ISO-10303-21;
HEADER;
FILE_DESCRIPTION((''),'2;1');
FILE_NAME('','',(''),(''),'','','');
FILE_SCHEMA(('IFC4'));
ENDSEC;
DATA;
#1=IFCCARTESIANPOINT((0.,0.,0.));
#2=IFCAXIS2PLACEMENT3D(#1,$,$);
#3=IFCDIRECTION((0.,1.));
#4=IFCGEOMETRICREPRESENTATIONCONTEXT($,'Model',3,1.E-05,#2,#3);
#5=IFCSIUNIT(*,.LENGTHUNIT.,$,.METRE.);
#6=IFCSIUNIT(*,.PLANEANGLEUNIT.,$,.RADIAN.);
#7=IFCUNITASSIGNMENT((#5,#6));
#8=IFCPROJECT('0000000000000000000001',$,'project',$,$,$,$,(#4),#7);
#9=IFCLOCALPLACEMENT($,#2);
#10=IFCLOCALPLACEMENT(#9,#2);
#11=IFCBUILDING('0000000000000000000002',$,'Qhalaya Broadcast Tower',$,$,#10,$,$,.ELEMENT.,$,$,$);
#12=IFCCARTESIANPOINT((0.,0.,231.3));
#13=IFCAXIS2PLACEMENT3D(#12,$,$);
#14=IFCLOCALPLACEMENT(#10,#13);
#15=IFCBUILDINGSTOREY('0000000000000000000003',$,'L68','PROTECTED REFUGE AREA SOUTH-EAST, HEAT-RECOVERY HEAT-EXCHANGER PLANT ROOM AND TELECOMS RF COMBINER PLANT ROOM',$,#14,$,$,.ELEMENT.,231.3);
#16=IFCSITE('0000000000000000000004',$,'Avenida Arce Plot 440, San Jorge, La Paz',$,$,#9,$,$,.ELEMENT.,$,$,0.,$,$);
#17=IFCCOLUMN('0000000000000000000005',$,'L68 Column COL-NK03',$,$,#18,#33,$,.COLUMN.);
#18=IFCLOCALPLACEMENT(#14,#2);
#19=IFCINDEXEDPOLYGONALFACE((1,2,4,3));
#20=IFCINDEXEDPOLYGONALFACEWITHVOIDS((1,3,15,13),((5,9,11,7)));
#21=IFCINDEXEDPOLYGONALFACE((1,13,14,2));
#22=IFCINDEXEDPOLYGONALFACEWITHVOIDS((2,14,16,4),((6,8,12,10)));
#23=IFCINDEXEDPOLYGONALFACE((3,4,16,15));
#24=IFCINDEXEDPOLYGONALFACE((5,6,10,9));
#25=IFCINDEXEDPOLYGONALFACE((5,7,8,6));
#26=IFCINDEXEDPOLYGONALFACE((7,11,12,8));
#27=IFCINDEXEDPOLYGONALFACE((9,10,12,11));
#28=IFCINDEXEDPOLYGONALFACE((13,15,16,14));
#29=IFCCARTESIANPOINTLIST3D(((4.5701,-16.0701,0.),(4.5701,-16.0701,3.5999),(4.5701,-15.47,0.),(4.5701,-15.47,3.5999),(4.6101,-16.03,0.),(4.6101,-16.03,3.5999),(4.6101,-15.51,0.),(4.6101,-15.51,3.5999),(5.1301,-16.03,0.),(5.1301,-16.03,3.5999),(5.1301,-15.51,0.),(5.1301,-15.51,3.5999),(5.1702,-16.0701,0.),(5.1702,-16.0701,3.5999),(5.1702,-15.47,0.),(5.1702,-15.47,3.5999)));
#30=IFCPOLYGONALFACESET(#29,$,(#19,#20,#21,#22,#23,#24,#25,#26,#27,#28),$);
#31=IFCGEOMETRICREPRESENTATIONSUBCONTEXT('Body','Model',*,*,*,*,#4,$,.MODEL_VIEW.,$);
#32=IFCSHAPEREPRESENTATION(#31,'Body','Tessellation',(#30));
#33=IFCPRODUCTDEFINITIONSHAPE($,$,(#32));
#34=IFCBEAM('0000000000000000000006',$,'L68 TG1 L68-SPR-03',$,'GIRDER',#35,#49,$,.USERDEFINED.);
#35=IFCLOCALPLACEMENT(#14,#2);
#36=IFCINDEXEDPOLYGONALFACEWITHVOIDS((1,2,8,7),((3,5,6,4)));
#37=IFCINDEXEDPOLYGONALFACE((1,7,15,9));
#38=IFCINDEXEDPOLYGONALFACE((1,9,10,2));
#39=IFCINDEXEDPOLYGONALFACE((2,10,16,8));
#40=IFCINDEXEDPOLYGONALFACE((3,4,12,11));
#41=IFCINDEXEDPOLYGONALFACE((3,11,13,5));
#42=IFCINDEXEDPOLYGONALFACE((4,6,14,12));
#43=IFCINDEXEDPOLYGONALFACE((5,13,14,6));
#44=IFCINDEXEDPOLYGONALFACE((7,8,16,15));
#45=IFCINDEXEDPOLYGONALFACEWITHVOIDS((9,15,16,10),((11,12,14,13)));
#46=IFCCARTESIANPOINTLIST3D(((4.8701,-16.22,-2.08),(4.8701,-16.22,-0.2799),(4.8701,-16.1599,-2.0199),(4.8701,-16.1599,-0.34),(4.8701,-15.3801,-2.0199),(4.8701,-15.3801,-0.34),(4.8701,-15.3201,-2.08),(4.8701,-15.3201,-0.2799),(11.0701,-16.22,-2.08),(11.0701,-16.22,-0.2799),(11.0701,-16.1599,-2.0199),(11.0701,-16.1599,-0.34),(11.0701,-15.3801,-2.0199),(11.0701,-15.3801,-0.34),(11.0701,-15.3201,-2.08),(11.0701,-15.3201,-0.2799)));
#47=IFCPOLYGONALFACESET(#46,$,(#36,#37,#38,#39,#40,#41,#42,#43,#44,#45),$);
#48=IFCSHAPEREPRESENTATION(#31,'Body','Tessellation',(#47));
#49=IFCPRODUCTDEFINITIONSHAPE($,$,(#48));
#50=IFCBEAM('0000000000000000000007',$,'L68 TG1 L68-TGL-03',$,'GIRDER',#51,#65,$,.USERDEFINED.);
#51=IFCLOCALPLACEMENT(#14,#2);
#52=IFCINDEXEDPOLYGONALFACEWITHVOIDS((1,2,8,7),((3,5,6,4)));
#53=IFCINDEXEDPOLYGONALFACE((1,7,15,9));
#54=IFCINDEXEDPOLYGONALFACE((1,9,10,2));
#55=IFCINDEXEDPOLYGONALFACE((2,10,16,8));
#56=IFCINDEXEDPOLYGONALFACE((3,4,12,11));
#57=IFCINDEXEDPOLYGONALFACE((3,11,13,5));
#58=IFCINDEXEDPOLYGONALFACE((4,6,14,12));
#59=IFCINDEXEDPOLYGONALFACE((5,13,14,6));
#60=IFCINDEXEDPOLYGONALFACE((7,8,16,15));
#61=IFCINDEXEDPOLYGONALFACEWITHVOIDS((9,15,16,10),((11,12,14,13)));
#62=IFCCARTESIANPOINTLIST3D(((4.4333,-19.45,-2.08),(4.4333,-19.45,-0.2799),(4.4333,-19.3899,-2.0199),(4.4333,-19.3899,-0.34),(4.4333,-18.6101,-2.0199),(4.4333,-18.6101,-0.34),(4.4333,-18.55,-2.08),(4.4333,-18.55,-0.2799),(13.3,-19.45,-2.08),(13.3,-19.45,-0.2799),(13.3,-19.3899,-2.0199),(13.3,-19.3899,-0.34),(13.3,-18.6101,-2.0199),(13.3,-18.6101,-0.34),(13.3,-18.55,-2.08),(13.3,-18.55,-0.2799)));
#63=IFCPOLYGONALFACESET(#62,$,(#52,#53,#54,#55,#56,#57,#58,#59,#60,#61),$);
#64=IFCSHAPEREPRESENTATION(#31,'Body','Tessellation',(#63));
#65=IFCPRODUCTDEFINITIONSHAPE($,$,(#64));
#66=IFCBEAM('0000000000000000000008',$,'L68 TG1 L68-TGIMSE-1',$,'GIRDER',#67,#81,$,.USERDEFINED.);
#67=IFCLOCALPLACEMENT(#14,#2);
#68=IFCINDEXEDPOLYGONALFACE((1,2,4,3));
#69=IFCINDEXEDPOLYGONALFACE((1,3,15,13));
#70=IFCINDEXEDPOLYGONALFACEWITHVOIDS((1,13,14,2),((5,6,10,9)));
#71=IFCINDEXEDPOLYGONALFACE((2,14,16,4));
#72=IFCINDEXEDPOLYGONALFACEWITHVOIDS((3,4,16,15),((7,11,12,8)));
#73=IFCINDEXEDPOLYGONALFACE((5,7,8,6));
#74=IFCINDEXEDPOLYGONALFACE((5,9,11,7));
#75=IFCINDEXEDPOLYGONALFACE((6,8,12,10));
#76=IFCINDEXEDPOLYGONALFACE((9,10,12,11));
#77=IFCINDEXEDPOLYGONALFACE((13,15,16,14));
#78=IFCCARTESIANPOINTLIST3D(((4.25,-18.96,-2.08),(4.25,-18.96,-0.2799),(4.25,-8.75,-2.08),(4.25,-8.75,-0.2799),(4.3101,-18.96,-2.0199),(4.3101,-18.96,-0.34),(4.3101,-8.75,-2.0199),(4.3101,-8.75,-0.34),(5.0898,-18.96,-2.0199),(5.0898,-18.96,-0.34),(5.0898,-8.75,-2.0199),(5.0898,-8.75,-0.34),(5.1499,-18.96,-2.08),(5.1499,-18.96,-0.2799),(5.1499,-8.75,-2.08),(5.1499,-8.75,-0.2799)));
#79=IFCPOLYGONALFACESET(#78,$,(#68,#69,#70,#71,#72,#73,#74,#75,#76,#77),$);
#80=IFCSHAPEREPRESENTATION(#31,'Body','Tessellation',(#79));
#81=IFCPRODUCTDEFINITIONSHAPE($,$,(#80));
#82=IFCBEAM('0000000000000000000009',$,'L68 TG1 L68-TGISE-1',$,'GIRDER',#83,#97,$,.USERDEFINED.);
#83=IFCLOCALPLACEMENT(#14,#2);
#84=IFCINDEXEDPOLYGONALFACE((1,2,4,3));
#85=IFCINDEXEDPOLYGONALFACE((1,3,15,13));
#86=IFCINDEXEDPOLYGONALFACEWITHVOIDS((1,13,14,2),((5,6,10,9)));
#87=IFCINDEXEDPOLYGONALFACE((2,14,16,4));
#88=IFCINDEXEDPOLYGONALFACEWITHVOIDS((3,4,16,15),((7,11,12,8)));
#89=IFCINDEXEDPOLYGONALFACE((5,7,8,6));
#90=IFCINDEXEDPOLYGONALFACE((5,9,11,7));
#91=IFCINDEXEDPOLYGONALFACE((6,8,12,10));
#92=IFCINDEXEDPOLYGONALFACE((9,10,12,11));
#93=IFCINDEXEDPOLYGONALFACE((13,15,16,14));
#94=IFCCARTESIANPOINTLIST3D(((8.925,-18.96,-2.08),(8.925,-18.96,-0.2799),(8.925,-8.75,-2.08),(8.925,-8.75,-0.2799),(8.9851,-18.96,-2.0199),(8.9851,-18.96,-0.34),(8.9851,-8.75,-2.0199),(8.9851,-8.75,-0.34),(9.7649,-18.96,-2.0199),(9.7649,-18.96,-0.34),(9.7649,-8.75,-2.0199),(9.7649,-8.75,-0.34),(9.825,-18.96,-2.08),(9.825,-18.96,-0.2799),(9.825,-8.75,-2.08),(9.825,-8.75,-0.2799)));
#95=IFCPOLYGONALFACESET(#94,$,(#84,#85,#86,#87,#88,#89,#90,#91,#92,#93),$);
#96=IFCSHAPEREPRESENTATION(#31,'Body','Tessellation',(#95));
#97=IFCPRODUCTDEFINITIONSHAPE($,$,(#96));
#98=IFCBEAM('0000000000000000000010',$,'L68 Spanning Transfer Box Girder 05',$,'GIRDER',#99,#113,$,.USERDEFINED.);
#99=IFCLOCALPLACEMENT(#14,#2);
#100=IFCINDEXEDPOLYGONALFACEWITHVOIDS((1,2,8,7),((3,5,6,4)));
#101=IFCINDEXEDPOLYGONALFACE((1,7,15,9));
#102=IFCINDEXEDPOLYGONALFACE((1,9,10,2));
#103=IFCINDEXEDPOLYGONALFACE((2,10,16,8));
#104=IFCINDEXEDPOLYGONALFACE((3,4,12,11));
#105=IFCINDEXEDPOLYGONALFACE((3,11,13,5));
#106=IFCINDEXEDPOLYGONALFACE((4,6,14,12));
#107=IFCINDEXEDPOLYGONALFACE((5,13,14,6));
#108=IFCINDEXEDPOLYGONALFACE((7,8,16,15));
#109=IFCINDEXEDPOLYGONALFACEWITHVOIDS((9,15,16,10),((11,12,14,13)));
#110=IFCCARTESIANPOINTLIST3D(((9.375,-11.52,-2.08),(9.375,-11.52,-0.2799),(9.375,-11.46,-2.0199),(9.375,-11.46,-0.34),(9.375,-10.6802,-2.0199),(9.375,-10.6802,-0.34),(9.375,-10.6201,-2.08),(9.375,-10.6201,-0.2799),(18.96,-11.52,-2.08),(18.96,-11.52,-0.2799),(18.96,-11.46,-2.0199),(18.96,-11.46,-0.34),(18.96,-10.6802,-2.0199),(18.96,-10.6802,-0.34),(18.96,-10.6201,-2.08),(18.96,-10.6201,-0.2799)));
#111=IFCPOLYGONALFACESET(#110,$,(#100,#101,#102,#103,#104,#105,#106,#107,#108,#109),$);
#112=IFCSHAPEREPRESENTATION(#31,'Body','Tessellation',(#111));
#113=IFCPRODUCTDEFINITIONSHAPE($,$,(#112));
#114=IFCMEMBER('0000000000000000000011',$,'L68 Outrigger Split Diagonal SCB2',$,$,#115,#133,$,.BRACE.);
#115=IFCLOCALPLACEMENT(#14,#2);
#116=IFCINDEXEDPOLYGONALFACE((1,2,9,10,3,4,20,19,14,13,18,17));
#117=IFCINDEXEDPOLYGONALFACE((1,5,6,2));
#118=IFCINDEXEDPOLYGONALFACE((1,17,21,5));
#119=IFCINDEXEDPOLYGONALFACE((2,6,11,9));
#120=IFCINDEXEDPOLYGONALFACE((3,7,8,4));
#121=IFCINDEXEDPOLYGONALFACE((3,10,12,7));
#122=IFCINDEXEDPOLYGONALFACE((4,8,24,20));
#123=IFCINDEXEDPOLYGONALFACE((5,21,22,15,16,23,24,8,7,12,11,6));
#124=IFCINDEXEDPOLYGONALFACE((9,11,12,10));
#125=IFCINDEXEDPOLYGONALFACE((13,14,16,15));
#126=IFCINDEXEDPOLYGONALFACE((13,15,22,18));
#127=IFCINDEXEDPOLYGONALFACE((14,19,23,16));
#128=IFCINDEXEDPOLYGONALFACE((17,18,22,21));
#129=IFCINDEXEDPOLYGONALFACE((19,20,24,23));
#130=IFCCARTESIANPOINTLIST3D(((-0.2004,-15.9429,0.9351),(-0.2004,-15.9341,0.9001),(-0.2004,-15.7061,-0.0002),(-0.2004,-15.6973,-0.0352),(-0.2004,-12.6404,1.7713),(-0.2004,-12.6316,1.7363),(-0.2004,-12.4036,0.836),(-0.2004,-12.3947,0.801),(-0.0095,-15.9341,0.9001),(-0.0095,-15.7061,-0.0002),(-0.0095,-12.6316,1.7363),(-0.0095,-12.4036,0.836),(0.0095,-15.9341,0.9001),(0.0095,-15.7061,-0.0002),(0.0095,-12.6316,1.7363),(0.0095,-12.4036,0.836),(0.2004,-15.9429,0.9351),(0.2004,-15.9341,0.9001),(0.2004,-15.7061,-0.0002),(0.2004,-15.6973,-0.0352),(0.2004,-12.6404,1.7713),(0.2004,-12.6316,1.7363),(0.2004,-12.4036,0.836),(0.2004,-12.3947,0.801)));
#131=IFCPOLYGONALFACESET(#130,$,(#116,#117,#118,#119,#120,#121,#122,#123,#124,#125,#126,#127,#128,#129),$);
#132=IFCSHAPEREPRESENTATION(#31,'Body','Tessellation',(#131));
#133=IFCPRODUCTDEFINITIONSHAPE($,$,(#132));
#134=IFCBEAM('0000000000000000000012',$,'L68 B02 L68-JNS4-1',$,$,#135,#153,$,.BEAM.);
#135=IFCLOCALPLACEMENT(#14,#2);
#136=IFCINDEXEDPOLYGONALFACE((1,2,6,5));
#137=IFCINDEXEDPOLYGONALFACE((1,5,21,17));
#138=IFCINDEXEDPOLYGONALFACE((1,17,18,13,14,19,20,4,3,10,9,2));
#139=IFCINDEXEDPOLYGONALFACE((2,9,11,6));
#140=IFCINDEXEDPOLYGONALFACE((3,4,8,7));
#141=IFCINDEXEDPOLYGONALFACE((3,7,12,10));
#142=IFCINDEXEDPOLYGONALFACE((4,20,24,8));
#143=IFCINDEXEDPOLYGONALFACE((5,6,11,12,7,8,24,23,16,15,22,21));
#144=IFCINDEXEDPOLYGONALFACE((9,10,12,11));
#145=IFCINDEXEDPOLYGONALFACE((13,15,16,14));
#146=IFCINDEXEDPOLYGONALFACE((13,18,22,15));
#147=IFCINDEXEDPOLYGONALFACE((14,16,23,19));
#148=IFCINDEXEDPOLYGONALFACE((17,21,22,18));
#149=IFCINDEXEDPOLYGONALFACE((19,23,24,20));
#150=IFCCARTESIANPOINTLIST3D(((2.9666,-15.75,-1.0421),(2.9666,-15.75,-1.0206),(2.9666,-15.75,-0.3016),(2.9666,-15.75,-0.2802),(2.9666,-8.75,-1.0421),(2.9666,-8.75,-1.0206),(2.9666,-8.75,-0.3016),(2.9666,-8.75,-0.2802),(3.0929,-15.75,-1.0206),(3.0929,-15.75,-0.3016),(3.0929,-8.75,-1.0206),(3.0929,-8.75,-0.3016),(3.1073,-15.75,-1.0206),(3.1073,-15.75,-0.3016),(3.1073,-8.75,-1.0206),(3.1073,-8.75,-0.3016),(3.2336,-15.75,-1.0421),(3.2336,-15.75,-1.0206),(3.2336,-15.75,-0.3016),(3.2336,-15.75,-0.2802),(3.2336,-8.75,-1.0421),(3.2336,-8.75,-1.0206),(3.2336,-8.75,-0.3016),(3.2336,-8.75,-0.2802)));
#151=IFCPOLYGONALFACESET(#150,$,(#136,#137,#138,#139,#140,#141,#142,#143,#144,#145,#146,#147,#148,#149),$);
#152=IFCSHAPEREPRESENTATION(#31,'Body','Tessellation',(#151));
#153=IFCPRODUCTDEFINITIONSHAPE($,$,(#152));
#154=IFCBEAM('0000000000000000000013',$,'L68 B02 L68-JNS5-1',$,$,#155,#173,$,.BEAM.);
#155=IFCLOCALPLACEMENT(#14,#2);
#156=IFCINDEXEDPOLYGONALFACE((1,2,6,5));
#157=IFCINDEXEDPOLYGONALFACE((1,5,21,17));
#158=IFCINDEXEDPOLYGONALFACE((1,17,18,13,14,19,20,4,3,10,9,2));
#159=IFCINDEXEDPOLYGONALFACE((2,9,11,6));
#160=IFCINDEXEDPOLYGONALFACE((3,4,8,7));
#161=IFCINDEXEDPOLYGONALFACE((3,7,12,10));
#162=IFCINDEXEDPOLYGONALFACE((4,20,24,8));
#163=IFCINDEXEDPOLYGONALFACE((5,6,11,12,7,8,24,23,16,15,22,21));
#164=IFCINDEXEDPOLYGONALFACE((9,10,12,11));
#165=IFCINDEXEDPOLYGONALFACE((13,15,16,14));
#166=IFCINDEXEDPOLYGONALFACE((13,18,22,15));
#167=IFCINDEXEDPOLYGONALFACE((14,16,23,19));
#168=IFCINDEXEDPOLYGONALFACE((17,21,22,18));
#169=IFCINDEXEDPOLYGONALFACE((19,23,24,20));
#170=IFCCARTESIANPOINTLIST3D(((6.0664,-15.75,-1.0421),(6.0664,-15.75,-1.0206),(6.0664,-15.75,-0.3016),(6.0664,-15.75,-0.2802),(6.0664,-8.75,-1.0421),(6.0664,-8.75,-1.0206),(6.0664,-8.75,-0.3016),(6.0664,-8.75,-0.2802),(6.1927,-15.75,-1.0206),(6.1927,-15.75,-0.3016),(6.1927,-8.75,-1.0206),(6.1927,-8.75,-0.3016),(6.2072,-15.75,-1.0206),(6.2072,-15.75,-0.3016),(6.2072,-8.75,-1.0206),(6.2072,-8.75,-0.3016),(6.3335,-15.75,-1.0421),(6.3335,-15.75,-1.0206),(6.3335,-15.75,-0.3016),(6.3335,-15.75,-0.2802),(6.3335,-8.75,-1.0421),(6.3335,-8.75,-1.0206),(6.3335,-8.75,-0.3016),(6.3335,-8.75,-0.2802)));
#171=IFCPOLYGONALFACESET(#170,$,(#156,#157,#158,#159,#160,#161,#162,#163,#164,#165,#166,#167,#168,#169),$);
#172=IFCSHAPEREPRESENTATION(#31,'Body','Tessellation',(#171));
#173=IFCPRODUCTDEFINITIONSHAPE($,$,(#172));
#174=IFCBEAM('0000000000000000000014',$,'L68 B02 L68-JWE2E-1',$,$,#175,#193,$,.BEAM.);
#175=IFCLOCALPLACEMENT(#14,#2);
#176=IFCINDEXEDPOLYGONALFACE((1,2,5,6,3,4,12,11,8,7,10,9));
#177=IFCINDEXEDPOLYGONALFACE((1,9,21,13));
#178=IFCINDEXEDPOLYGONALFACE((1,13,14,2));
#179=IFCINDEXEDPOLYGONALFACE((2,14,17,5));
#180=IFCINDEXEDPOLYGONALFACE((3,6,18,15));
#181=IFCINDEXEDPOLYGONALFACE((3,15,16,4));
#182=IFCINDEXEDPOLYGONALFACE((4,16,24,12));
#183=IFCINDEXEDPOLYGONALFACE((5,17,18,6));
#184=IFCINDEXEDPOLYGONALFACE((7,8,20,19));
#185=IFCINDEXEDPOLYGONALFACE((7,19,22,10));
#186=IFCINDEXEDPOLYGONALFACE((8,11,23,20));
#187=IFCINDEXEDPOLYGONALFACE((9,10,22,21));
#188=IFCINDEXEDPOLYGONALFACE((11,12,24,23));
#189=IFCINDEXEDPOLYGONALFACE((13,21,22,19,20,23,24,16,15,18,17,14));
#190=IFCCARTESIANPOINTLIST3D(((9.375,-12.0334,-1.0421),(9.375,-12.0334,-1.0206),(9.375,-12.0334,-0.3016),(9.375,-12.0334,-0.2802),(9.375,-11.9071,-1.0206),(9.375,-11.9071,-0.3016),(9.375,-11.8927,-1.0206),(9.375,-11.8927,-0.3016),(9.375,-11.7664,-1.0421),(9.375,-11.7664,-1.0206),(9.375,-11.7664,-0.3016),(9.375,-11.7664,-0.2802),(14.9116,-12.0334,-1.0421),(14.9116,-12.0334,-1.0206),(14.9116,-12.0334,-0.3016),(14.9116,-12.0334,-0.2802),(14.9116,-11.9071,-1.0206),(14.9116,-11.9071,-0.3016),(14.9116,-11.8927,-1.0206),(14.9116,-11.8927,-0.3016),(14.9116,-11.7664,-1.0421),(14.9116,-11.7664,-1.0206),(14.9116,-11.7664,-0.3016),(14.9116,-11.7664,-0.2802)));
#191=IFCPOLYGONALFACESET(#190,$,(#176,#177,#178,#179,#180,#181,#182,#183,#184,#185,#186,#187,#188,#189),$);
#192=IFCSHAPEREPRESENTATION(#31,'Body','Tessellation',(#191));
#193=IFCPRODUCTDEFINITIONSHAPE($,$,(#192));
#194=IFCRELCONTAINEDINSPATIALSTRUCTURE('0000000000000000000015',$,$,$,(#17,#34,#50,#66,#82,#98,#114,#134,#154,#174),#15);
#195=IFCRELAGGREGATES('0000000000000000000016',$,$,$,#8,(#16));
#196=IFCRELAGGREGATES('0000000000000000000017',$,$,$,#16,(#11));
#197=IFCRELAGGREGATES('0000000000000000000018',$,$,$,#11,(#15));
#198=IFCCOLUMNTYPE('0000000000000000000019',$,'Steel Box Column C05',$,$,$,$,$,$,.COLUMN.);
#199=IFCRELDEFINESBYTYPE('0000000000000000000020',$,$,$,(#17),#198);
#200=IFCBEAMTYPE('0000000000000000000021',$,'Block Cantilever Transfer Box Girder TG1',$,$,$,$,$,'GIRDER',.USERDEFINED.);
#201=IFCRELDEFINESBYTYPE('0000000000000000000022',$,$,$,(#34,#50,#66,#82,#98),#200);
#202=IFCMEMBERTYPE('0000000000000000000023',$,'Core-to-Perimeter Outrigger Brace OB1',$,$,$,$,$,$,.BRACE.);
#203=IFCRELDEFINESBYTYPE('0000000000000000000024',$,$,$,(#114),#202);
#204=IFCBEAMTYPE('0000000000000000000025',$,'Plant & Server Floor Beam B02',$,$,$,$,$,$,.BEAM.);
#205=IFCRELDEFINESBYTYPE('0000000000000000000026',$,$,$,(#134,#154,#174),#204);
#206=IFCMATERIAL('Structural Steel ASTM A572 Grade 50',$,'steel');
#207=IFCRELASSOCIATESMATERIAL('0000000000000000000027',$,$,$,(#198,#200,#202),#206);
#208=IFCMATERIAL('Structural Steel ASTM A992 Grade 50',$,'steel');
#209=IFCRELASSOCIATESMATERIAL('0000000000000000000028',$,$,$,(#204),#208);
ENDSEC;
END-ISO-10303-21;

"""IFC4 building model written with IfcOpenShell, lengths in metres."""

from ifc_helpers import new_model, si_unit, direction, frame, origin, origin_2d, place, context, subcontext, project, spatial, hollow_rectangle, i_section, extrude, material, material_profile, profile_set, type_object, element, save


model = new_model("IFC4")

# Units and contexts
model_context = context("Model", 3, precision=1e-05, world=origin(), true_north=direction((0.0, 1.0)))
body_context = subcontext(model_context, "Body", "Model", "MODEL_VIEW")
ifc_project = project(units=[si_unit("LENGTHUNIT", "METRE"), si_unit("PLANEANGLEUNIT", "RADIAN")], contexts=[model_context])

# Site, building, storey
site_placement = place(None, origin())
site = spatial("IfcSite", under=ifc_project, at=site_placement, Name="Avenida Arce Plot 440, San Jorge, La Paz", CompositionType="ELEMENT", RefElevation=0.0)
building_placement = place(site_placement, origin())
building = spatial("IfcBuilding", under=site, at=building_placement, Name="Qhalaya Broadcast Tower", CompositionType="ELEMENT")
storey_placement = place(building_placement, frame((0.0, 0.0, 231.3)))
storey = spatial("IfcBuildingStorey", under=building, at=storey_placement, Name="L68", Description="PROTECTED REFUGE AREA SOUTH-EAST, HEAT-RECOVERY HEAT-EXCHANGER PLANT ROOM AND TELECOMS RF COMBINER PLANT ROOM", CompositionType="ELEMENT", Elevation=231.3)

# Column
ifc_material_1 = material(Name="Structural Steel ASTM A572 Grade 50", Category="steel")
ifc_material_profile_1 = material_profile(ifc_material_1, hollow_rectangle(XDim=0.6001, YDim=0.6001, WallThickness=0.04, at=origin_2d()), Name="BOX 600x600x40")
ifc_profile_set_1 = profile_set([ifc_material_profile_1], Name="Structural Steel ASTM A572 Grade 50")
column_type = type_object("IfcColumnType", Name="Steel Box Column C05", PredefinedType="COLUMN", material=ifc_profile_set_1)
column_placement = place(storey_placement, frame((4.8701, -15.77, 0.0), z_axis=(0.0, 0.0, 1.0), x_axis=(1.0, 0.0, 0.0)))
element("IfcColumn", 1, at=column_placement, inside=storey, type_object=column_type, Name="L68 Column COL-NK03", PredefinedType="COLUMN", context=body_context, shape_type="SweptSolid", body=[
    extrude(hollow_rectangle(XDim=0.6001, YDim=0.6001, WallThickness=0.04, at=origin_2d()), origin(), (0.0, 0.0, 1.0), 3.5999),
])

# Beams
ifc_material_profile_2 = material_profile(ifc_material_1, hollow_rectangle(XDim=0.8999, YDim=1.8, WallThickness=0.0601, at=origin_2d()), Name="BOX 900x1800x60")
ifc_profile_set_2 = profile_set([ifc_material_profile_2], Name="Structural Steel ASTM A572 Grade 50")
beam_type_1 = type_object("IfcBeamType", Name="Block Cantilever Transfer Box Girder TG1", ElementType="GIRDER", PredefinedType="USERDEFINED", material=ifc_profile_set_2)
beam_1_placement = place(storey_placement, frame((4.8701, -15.77, -1.1799), z_axis=(1.0, 0.0, 0.0), x_axis=(0.0, 1.0, 0.0)))
element("IfcBeam", 2, at=beam_1_placement, inside=storey, type_object=beam_type_1, Name="L68 TG1 L68-SPR-03", ObjectType="GIRDER", PredefinedType="USERDEFINED", context=body_context, shape_type="SweptSolid", body=[
    extrude(hollow_rectangle(XDim=0.8999, YDim=1.8, WallThickness=0.0601, at=origin_2d()), origin(), (0.0, 0.0, 1.0), 6.2),
])
beam_2_placement = place(storey_placement, frame((4.4333, -19.0, -1.1799), z_axis=(1.0, 0.0, 0.0), x_axis=(0.0, 1.0, 0.0)))
element("IfcBeam", 3, at=beam_2_placement, inside=storey, type_object=beam_type_1, Name="L68 TG1 L68-TGL-03", ObjectType="GIRDER", PredefinedType="USERDEFINED", context=body_context, shape_type="SweptSolid", body=[
    extrude(hollow_rectangle(XDim=0.8999, YDim=1.8, WallThickness=0.0601, at=origin_2d()), origin(), (0.0, 0.0, 1.0), 8.8667),
])
for number, where, z_axis, x_axis, name in (
    (4, (4.7, -18.96, -1.1799), (0.0, 1.0, 0.0), (-1.0, 0.0, 0.0), "L68 TG1 L68-TGIMSE-1"),
    (5, (9.375, -18.96, -1.1799), (0.0, 1.0, 0.0), (-1.0, 0.0, 0.0), "L68 TG1 L68-TGISE-1"),
):
    element("IfcBeam", number, at=place(storey_placement, frame(where, z_axis=z_axis, x_axis=x_axis)), inside=storey, type_object=beam_type_1, Name=name, ObjectType="GIRDER", PredefinedType="USERDEFINED", context=body_context, shape_type="SweptSolid", body=[
        extrude(hollow_rectangle(XDim=0.8999, YDim=1.8, WallThickness=0.0601, at=origin_2d()), origin(), (0.0, 0.0, 1.0), 10.21),
    ])
beam_3_placement = place(storey_placement, frame((9.375, -11.0701, -1.1799), z_axis=(1.0, 0.0, 0.0), x_axis=(0.0, 1.0, 0.0)))
element("IfcBeam", 6, at=beam_3_placement, inside=storey, type_object=beam_type_1, Name="L68 Spanning Transfer Box Girder 05", ObjectType="GIRDER", PredefinedType="USERDEFINED", context=body_context, shape_type="SweptSolid", body=[
    extrude(hollow_rectangle(XDim=0.8999, YDim=1.8, WallThickness=0.0601, at=origin_2d()), origin(), (0.0, 0.0, 1.0), 9.585),
])

# Member
ifc_material_profile_3 = material_profile(ifc_material_1, i_section(OverallWidth=0.4009, OverallDepth=1.001, WebThickness=0.019, FlangeThickness=0.0361, at=origin_2d()), Name="W40X249")
ifc_profile_set_3 = profile_set([ifc_material_profile_3], Name="Structural Steel ASTM A572 Grade 50")
member_type = type_object("IfcMemberType", Name="Core-to-Perimeter Outrigger Brace OB1", PredefinedType="BRACE", material=ifc_profile_set_3)
member_placement = place(storey_placement, frame((0.0, -12.5176, 1.2861), z_axis=(0.0, -0.969409, -0.245452), x_axis=(1.0, 0.0, 0.0)))
element("IfcMember", 7, at=member_placement, inside=storey, type_object=member_type, Name="L68 Outrigger Split Diagonal SCB2", PredefinedType="BRACE", context=body_context, shape_type="SweptSolid", body=[
    extrude(i_section(OverallWidth=0.4009, OverallDepth=1.001, WebThickness=0.019, FlangeThickness=0.0361, at=origin_2d()), origin(), (0.0, 0.0, 1.0), 3.4067),
])

# Beams
ifc_material_2 = material(Name="Structural Steel ASTM A992 Grade 50", Category="steel")
ifc_material_profile_4 = material_profile(ifc_material_2, i_section(OverallWidth=0.2671, OverallDepth=0.762, WebThickness=0.0144, FlangeThickness=0.0215, at=origin_2d()), Name="W30X116")
ifc_profile_set_4 = profile_set([ifc_material_profile_4], Name="Structural Steel ASTM A992 Grade 50")
beam_type_2 = type_object("IfcBeamType", Name="Plant & Server Floor Beam B02", PredefinedType="BEAM", material=ifc_profile_set_4)
for number, where, z_axis, x_axis, name in (
    (8, (3.1001, -15.75, -0.6611), (0.0, 1.0, 0.0), (-1.0, 0.0, 0.0), "L68 B02 L68-JNS4-1"),
    (9, (6.2, -15.75, -0.6611), (0.0, 1.0, 0.0), (-1.0, 0.0, 0.0), "L68 B02 L68-JNS5-1"),
):
    element("IfcBeam", number, at=place(storey_placement, frame(where, z_axis=z_axis, x_axis=x_axis)), inside=storey, type_object=beam_type_2, Name=name, PredefinedType="BEAM", context=body_context, shape_type="SweptSolid", body=[
        extrude(i_section(OverallWidth=0.2671, OverallDepth=0.762, WebThickness=0.0144, FlangeThickness=0.0215, at=origin_2d()), origin(), (0.0, 0.0, 1.0), 7.0),
    ])
beam_4_placement = place(storey_placement, frame((9.375, -11.8999, -0.6611), z_axis=(1.0, 0.0, 0.0), x_axis=(0.0, 1.0, 0.0)))
element("IfcBeam", 10, at=beam_4_placement, inside=storey, type_object=beam_type_2, Name="L68 B02 L68-JWE2E-1", PredefinedType="BEAM", context=body_context, shape_type="SweptSolid", body=[
    extrude(i_section(OverallWidth=0.2671, OverallDepth=0.762, WebThickness=0.0144, FlangeThickness=0.0215, at=origin_2d()), origin(), (0.0, 0.0, 1.0), 5.5366),
])

save(model, "model.ifc")
